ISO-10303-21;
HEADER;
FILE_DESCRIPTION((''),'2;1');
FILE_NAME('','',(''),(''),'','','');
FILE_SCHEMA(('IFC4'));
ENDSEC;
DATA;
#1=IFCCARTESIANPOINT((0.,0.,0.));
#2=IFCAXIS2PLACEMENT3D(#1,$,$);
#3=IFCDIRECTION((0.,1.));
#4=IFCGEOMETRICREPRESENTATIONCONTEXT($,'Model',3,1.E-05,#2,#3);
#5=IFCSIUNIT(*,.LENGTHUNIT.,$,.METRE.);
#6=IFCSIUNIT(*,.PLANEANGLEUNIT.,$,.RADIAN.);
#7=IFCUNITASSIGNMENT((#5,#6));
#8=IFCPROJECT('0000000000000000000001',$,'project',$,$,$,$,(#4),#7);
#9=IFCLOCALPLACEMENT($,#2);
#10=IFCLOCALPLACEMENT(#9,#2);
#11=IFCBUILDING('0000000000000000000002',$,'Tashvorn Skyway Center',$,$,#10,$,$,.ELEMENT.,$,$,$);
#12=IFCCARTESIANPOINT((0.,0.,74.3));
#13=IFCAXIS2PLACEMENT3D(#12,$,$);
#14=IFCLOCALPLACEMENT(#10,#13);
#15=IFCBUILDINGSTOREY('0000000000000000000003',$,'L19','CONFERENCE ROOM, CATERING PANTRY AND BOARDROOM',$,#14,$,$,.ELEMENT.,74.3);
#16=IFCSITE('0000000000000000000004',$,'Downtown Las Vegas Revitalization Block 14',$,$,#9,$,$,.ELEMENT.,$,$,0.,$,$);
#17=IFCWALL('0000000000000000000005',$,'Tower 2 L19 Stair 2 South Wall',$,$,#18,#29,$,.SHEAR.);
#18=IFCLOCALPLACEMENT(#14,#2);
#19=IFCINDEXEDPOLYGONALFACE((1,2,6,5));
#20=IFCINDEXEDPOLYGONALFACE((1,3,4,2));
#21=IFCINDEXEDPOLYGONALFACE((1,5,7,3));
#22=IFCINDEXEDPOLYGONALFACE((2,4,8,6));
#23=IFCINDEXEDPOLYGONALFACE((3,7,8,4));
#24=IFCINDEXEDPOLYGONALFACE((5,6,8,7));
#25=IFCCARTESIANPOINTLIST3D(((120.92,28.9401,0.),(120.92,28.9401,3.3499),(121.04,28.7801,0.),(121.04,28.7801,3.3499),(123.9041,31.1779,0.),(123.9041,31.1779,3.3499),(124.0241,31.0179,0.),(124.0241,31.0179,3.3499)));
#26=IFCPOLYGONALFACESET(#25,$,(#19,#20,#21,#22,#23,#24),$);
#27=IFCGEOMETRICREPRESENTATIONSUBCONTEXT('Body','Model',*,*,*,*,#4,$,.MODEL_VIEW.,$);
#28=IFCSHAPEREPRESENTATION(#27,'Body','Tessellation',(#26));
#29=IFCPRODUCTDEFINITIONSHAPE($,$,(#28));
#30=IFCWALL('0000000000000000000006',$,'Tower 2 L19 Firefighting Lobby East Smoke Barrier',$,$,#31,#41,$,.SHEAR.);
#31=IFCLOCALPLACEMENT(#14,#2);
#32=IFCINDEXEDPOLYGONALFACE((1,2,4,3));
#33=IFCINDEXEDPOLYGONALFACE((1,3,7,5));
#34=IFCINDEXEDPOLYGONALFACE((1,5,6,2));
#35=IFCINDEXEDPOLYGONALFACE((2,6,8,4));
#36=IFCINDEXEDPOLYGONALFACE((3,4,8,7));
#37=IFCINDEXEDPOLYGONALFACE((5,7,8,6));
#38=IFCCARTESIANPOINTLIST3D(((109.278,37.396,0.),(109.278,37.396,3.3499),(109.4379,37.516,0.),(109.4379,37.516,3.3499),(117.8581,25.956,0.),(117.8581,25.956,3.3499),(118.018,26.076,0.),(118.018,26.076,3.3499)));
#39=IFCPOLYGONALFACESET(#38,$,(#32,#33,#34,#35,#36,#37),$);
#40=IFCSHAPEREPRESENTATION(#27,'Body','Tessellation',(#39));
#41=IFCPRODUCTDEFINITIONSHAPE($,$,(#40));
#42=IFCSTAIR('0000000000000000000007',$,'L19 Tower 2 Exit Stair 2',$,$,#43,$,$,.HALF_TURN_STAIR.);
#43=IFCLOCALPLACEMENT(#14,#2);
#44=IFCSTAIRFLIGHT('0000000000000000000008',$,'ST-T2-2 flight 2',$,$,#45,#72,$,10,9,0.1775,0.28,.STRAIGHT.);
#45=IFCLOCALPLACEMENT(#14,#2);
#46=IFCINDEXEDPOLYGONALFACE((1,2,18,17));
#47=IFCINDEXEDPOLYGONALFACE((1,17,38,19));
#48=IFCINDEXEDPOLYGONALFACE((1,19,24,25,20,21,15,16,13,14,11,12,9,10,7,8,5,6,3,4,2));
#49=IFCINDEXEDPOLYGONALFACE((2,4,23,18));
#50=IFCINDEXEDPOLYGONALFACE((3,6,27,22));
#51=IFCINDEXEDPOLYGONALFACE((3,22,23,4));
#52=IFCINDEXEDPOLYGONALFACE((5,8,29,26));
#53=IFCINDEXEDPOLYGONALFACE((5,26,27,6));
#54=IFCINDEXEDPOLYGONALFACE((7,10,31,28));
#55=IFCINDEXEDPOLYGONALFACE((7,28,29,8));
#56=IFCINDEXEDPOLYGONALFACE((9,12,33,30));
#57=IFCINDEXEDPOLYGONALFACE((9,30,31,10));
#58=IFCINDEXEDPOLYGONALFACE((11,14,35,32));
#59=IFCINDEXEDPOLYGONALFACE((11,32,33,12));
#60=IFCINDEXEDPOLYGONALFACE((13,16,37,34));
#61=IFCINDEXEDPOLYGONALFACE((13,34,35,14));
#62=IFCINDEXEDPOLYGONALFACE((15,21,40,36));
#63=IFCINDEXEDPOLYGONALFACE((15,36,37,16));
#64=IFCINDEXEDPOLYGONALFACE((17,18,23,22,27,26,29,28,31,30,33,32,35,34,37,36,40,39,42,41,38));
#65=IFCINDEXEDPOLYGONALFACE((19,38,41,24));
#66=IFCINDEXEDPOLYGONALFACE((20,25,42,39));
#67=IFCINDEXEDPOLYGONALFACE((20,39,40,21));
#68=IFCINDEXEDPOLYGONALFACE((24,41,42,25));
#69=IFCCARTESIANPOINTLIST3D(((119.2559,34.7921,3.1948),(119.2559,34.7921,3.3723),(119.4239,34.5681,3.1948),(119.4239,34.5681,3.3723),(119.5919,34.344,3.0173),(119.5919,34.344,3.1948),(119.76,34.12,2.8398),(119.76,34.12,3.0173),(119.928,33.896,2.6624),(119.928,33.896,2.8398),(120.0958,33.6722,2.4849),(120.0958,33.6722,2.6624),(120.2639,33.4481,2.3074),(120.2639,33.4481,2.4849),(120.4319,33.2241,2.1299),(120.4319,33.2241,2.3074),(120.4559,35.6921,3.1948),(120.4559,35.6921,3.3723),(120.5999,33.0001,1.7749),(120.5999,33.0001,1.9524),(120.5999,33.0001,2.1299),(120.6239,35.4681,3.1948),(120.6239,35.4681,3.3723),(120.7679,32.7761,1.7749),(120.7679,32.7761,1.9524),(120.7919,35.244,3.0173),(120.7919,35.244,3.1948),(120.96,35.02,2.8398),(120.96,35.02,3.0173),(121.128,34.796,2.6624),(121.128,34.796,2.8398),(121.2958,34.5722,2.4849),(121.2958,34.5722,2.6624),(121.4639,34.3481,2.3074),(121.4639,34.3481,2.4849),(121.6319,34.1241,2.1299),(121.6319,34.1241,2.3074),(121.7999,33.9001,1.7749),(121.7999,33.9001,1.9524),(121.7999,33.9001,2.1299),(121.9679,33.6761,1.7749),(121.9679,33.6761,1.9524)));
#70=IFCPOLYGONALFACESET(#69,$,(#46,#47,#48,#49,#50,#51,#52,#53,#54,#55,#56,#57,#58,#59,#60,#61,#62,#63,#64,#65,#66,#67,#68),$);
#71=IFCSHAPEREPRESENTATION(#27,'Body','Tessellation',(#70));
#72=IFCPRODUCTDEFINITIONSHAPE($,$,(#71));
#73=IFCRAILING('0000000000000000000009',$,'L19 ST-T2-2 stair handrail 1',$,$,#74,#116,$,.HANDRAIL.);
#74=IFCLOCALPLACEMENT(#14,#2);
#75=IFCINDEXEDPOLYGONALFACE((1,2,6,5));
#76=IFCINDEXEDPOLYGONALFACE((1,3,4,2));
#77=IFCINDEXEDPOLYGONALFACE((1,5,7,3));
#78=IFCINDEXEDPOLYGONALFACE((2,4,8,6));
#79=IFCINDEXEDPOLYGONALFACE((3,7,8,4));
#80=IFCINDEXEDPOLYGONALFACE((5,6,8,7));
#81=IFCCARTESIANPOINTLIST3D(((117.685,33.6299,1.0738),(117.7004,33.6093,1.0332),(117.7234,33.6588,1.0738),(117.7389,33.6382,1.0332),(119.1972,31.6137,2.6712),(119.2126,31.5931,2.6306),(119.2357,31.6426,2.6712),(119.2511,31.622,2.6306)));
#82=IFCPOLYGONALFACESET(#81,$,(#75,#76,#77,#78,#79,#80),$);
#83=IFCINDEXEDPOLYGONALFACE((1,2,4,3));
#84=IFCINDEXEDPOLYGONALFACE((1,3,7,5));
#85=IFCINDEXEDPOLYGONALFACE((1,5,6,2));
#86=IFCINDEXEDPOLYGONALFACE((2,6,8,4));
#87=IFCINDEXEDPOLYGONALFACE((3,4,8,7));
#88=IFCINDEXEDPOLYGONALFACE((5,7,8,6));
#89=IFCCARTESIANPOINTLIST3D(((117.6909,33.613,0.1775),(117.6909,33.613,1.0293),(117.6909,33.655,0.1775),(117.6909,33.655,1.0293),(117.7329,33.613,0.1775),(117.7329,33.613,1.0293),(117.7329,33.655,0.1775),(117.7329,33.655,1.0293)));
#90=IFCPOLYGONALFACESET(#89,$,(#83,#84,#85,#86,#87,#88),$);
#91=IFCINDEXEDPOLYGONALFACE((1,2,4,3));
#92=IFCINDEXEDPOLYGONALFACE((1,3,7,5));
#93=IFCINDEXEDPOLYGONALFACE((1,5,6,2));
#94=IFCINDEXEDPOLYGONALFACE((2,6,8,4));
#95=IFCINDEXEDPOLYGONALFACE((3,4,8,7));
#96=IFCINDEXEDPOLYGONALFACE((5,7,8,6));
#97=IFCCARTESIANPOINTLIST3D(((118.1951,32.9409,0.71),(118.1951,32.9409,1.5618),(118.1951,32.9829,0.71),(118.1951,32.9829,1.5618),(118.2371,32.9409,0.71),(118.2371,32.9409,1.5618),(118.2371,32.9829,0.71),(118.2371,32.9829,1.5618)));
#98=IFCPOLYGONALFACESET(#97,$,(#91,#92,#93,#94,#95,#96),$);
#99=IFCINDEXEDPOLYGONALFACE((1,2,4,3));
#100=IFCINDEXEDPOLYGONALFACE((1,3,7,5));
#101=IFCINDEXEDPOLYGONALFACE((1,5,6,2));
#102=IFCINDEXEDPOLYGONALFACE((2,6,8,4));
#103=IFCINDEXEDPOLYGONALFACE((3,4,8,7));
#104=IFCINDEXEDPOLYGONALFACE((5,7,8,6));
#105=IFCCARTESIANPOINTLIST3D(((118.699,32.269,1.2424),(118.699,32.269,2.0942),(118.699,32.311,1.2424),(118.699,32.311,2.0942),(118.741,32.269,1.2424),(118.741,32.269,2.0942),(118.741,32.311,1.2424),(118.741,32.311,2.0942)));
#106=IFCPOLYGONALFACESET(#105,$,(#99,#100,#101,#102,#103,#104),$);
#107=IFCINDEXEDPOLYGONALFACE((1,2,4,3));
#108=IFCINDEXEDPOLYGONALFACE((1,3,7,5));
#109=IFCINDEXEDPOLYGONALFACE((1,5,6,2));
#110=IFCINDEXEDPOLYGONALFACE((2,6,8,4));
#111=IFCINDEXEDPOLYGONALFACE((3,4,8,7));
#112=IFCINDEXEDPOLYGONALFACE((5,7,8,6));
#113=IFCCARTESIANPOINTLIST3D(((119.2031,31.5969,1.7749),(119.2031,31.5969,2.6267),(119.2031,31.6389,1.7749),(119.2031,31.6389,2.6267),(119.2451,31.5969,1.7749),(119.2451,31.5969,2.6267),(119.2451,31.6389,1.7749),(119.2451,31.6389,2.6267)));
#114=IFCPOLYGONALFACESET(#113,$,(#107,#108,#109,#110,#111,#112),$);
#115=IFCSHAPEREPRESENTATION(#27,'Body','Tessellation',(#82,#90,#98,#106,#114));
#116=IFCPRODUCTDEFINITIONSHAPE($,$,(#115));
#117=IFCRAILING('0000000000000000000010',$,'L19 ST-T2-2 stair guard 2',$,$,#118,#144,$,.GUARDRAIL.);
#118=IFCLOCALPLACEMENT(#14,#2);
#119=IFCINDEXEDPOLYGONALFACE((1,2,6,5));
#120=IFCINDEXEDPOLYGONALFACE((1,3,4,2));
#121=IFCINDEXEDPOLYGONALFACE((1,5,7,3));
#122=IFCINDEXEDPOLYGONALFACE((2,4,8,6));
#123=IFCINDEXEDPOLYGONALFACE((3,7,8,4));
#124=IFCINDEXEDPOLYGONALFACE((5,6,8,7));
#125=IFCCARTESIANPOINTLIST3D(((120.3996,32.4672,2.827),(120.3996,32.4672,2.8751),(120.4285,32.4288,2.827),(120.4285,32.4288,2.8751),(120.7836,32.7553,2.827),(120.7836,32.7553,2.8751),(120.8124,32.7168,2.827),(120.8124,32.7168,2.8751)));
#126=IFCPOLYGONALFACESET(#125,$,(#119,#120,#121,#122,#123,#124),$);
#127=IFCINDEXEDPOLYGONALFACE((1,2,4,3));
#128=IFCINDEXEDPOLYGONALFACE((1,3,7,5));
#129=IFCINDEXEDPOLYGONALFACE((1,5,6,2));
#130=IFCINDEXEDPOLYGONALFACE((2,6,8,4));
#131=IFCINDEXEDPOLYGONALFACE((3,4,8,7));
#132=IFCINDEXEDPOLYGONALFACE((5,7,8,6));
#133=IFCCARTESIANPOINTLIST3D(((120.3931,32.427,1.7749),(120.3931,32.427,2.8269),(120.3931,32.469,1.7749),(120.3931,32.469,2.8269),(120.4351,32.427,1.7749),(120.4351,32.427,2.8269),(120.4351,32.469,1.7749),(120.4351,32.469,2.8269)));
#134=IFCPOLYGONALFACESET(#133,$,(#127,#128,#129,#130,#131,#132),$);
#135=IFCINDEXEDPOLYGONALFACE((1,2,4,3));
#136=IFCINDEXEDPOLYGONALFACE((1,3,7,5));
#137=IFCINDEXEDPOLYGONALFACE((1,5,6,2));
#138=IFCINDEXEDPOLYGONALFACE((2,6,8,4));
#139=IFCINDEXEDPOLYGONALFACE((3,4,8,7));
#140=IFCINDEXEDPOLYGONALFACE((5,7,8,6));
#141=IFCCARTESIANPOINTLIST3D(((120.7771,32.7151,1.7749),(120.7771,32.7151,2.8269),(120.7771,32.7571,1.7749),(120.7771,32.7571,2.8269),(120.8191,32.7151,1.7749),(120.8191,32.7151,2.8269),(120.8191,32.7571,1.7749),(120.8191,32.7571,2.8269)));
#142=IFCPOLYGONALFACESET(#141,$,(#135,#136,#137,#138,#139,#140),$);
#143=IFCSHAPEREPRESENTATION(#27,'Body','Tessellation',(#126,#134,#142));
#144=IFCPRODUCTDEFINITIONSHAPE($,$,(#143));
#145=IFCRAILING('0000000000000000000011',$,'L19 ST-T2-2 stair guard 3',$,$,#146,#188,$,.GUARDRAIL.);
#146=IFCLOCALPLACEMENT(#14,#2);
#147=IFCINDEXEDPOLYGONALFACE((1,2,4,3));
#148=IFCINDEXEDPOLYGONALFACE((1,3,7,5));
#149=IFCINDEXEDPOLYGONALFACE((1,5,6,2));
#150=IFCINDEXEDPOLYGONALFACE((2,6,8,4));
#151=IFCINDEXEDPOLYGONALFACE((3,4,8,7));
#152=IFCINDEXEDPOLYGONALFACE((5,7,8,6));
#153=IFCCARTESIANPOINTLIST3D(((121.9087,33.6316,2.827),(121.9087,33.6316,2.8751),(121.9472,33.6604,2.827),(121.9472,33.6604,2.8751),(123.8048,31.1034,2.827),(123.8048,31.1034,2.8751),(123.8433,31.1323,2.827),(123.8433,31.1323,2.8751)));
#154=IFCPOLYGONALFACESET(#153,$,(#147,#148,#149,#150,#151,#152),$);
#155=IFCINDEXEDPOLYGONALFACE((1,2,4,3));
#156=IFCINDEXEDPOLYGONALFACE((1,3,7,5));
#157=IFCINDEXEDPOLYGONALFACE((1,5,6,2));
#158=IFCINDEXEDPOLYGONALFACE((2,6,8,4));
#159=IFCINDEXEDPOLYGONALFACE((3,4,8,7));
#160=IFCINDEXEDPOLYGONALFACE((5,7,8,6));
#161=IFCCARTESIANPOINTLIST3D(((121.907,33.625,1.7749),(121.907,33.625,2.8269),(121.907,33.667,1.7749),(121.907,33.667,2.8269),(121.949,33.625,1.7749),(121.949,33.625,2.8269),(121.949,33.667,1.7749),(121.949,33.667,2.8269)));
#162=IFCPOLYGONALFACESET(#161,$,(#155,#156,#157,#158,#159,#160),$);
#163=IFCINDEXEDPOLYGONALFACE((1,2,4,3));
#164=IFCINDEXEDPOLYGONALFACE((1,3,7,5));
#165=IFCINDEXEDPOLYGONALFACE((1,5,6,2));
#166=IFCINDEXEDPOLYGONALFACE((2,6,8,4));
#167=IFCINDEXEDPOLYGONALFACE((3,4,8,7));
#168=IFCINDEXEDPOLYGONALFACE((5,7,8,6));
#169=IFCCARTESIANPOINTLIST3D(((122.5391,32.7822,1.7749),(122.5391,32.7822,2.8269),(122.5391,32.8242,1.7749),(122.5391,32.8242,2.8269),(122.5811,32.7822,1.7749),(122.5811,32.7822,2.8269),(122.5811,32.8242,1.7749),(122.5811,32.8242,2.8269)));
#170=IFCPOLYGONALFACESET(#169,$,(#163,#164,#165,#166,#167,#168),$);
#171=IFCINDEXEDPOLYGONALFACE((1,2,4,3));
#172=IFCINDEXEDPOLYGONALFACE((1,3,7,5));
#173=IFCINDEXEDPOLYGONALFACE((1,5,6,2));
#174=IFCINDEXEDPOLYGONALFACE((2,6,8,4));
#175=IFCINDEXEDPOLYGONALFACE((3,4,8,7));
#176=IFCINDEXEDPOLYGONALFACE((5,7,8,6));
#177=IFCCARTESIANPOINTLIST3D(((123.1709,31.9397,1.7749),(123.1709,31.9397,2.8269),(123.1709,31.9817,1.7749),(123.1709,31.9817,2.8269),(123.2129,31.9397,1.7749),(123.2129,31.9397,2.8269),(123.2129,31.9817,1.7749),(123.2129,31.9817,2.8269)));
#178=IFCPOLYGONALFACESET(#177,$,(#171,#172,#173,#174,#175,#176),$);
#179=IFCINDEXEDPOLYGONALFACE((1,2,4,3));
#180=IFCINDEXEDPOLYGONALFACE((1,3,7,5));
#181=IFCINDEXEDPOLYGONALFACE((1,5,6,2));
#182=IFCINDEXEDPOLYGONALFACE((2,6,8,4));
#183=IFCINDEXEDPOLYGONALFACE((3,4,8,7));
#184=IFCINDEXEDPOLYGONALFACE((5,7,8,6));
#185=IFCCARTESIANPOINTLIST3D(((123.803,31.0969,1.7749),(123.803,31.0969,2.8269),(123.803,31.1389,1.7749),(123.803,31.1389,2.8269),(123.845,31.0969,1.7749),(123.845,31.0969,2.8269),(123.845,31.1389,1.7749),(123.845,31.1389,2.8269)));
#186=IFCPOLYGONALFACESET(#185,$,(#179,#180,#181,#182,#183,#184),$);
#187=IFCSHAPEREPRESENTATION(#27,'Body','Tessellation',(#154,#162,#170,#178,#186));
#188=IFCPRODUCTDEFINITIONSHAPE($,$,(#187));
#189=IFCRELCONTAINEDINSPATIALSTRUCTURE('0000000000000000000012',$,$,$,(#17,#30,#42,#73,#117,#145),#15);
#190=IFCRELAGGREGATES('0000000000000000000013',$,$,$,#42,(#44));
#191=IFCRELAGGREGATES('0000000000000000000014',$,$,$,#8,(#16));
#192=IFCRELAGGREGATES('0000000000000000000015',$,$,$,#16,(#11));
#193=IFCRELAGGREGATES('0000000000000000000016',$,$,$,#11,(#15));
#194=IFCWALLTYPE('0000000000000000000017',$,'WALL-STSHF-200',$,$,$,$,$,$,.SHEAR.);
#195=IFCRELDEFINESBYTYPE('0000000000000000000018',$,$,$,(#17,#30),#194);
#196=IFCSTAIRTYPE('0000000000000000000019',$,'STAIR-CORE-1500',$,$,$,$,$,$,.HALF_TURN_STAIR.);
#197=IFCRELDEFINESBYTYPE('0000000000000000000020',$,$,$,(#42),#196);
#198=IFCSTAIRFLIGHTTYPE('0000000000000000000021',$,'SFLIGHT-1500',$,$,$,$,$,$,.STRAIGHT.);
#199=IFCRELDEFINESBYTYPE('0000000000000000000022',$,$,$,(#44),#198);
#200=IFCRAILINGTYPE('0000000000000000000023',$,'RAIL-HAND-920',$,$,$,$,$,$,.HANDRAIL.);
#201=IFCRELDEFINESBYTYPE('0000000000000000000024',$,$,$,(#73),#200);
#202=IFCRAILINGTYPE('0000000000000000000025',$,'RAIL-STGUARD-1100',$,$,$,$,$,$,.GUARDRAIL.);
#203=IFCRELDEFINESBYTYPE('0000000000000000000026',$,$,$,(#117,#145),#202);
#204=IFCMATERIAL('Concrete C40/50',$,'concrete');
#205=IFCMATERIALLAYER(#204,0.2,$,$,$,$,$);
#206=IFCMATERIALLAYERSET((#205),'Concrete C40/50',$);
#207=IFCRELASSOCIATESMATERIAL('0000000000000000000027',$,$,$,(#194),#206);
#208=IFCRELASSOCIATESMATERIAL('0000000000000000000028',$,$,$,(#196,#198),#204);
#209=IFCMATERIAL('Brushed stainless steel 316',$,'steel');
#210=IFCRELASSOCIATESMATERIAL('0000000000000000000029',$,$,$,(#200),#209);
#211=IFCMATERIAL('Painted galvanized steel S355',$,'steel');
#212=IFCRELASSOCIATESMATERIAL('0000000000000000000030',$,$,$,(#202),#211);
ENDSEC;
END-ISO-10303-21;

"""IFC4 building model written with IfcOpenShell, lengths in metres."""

from ifc_helpers import new_model, si_unit, direction, frame, frame_2d, origin, origin_2d, place, context, subcontext, project, spatial, polyline, rectangle, outline, extrude, material, layer, layer_set, type_object, element, aggregate, save


model = new_model("IFC4")

# Units and contexts
model_context = context("Model", 3, precision=1e-05, world=origin(), true_north=direction((0.0, 1.0)))
body_context = subcontext(model_context, "Body", "Model", "MODEL_VIEW")
ifc_project = project(units=[si_unit("LENGTHUNIT", "METRE"), si_unit("PLANEANGLEUNIT", "RADIAN")], contexts=[model_context])

# Site, building, storey
site_placement = place(None, origin())
site = spatial("IfcSite", under=ifc_project, at=site_placement, Name="Downtown Las Vegas Revitalization Block 14", CompositionType="ELEMENT", RefElevation=0.0)
building_placement = place(site_placement, origin())
building = spatial("IfcBuilding", under=site, at=building_placement, Name="Tashvorn Skyway Center", CompositionType="ELEMENT")
storey_placement = place(building_placement, frame((0.0, 0.0, 74.3)))
storey = spatial("IfcBuildingStorey", under=building, at=storey_placement, Name="L19", Description="CONFERENCE ROOM, CATERING PANTRY AND BOARDROOM", CompositionType="ELEMENT", Elevation=74.3)

# Shared definitions
ifc_material_1 = material(Name="Concrete C40/50", Category="concrete")

# Walls
ifc_layer_1 = layer(ifc_material_1, 0.2)
ifc_layer_set_1 = layer_set([ifc_layer_1], Name="Concrete C40/50")
wall_type_1 = type_object("IfcWallType", Name="WALL-STSHF-200", PredefinedType="SHEAR", material=ifc_layer_set_1)
wall_1_placement = place(storey_placement, frame((120.98, 28.8601, 0.0), z_axis=(0.0, 0.0, 1.0), x_axis=(0.800039, 0.599948, 0.0)))
element("IfcWall", 1, at=wall_1_placement, inside=storey, type_object=wall_type_1, Name="Tower 2 L19 Stair 2 South Wall", PredefinedType="SHEAR", context=body_context, shape_type="SweptSolid", body=[
    extrude(rectangle(XDim=3.73, YDim=0.2, at=frame_2d((1.865, 0.0))), origin(), (0.0, 0.0, 1.0), 3.3499),
])
wall_2_placement = place(storey_placement, frame((117.938, 26.0161, 0.0), z_axis=(0.0, 0.0, 1.0), x_axis=(-0.600005, 0.799996, 0.0)))
element("IfcWall", 2, at=wall_2_placement, inside=storey, type_object=wall_type_1, Name="Tower 2 L19 Firefighting Lobby East Smoke Barrier", PredefinedType="SHEAR", context=body_context, shape_type="SweptSolid", body=[
    extrude(rectangle(XDim=14.3, YDim=0.2, at=frame_2d((7.1499, 0.0))), origin(), (0.0, 0.0, 1.0), 3.3499),
])

# Stair, stair flight
stair_type = type_object("IfcStairType", Name="STAIR-CORE-1500", PredefinedType="HALF_TURN_STAIR", material=ifc_material_1)
stair_placement = place(storey_placement, origin())
stair = element("IfcStair", 3, at=stair_placement, inside=storey, type_object=stair_type, Name="L19 Tower 2 Exit Stair 2", PredefinedType="HALF_TURN_STAIR")
stair_flight_type = type_object("IfcStairFlightType", Name="SFLIGHT-1500", PredefinedType="STRAIGHT", material=ifc_material_1)
stair_flight_placement = place(storey_placement, frame((121.3679, 33.2261, 1.7749), z_axis=(0.0, 0.0, 1.0), x_axis=(-0.6, 0.8, 0.0)))
stair_flight = element("IfcStairFlight", 4, at=stair_flight_placement, type_object=stair_flight_type, Name="ST-T2-2 flight 2", NumberOfRisers=10, NumberOfTreads=9, PredefinedType="STRAIGHT", RiserHeight=0.1775, TreadLength=0.28, context=body_context, shape_type="SweptSolid", body=[
    extrude(outline(polyline([(0.0, 0.0), (0.0, 0.1775), (0.28, 0.1775), (0.28, 0.355), (0.5601, 0.355), (0.5601, 0.5325), (0.8401, 0.5325), (0.8401, 0.71), (1.1201, 0.71), (1.1201, 0.8875), (1.3999, 0.8875), (1.3999, 1.0649), (1.6799, 1.0649), (1.6799, 1.2424), (1.96, 1.2424), (1.96, 1.4199), (2.24, 1.4199), (2.24, 1.5974), (2.52, 1.5974), (2.52, 1.7749), (2.52, 1.4199), (0.28, 0.0), (0.0, 0.0)])), frame((0.0, 0.75, 0.0), z_axis=(0.0, -1.0, 0.0), x_axis=(1.0, 0.0, 0.0)), (0.0, 0.0, 1.0), 1.5),
])
aggregate(stair, [stair_flight])

# Railings
ifc_material_2 = material(Name="Brushed stainless steel 316", Category="steel")
railing_type_1 = type_object("IfcRailingType", Name="RAIL-HAND-920", PredefinedType="HANDRAIL", material=ifc_material_2)
railing_1_placement = place(storey_placement, frame((117.7119, 33.634, 0.1775)))
element("IfcRailing", 5, at=railing_1_placement, inside=storey, type_object=railing_type_1, Name="L19 ST-T2-2 stair handrail 1", PredefinedType="HANDRAIL", context=body_context, shape_type="SweptSolid", body=[
    extrude(rectangle(XDim=0.0481, YDim=0.0481, at=origin_2d()), frame((0.0, 0.0, 0.876), z_axis=(0.506802, -0.675681, 0.535357), x_axis=(0.799977, 0.600031, 0.0)), (0.0, 0.0, 1.0), 2.9839),
    extrude(rectangle(XDim=0.042, YDim=0.042, at=origin_2d()), origin(), (0.0, 0.0, 1.0), 0.8518),
    extrude(rectangle(XDim=0.042, YDim=0.042, at=origin_2d()), frame((0.5042, -0.6721, 0.5325)), (0.0, 0.0, 1.0), 0.8518),
    extrude(rectangle(XDim=0.042, YDim=0.042, at=origin_2d()), frame((1.0081, -1.344, 1.0649)), (0.0, 0.0, 1.0), 0.8518),
    extrude(rectangle(XDim=0.042, YDim=0.042, at=origin_2d()), frame((1.5122, -2.0161, 1.5974)), (0.0, 0.0, 1.0), 0.8518),
])
ifc_material_3 = material(Name="Painted galvanized steel S355", Category="steel")
railing_type_2 = type_object("IfcRailingType", Name="RAIL-STGUARD-1100", PredefinedType="GUARDRAIL", material=ifc_material_3)
railing_2_placement = place(storey_placement, frame((120.4141, 32.448, 1.7749)))
element("IfcRailing", 6, at=railing_2_placement, inside=storey, type_object=railing_type_2, Name="L19 ST-T2-2 stair guard 2", PredefinedType="GUARDRAIL", context=body_context, shape_type="SweptSolid", body=[
    extrude(rectangle(XDim=0.0481, YDim=0.0481, at=origin_2d()), frame((0.0, 0.0, 1.0762), z_axis=(0.799939, 0.600081, 0.0), x_axis=(-0.600081, 0.799939, 0.0)), (0.0, 0.0, 1.0), 0.48),
    extrude(rectangle(XDim=0.042, YDim=0.042, at=origin_2d()), origin(), (0.0, 0.0, 1.0), 1.052),
    extrude(rectangle(XDim=0.042, YDim=0.042, at=origin_2d()), frame((0.384, 0.2881, 0.0)), (0.0, 0.0, 1.0), 1.052),
])
railing_3_placement = place(storey_placement, frame((121.928, 33.646, 1.7749)))
element("IfcRailing", 7, at=railing_3_placement, inside=storey, type_object=railing_type_2, Name="L19 ST-T2-2 stair guard 3", PredefinedType="GUARDRAIL", context=body_context, shape_type="SweptSolid", body=[
    extrude(rectangle(XDim=0.0481, YDim=0.0481, at=origin_2d()), frame((0.0, 0.0, 1.0762), z_axis=(0.599988, -0.800009, 0.0), x_axis=(0.800009, 0.599988, 0.0)), (0.0, 0.0, 1.0), 3.1602),
    extrude(rectangle(XDim=0.042, YDim=0.042, at=origin_2d()), origin(), (0.0, 0.0, 1.0), 1.052),
    extrude(rectangle(XDim=0.042, YDim=0.042, at=origin_2d()), frame((0.6321, -0.8428, 0.0)), (0.0, 0.0, 1.0), 1.052),
    extrude(rectangle(XDim=0.042, YDim=0.042, at=origin_2d()), frame((1.2639, -1.6853, 0.0)), (0.0, 0.0, 1.0), 1.052),
    extrude(rectangle(XDim=0.042, YDim=0.042, at=origin_2d()), frame((1.896, -2.5281, 0.0)), (0.0, 0.0, 1.0), 1.052),
])

save(model, "model.ifc")
